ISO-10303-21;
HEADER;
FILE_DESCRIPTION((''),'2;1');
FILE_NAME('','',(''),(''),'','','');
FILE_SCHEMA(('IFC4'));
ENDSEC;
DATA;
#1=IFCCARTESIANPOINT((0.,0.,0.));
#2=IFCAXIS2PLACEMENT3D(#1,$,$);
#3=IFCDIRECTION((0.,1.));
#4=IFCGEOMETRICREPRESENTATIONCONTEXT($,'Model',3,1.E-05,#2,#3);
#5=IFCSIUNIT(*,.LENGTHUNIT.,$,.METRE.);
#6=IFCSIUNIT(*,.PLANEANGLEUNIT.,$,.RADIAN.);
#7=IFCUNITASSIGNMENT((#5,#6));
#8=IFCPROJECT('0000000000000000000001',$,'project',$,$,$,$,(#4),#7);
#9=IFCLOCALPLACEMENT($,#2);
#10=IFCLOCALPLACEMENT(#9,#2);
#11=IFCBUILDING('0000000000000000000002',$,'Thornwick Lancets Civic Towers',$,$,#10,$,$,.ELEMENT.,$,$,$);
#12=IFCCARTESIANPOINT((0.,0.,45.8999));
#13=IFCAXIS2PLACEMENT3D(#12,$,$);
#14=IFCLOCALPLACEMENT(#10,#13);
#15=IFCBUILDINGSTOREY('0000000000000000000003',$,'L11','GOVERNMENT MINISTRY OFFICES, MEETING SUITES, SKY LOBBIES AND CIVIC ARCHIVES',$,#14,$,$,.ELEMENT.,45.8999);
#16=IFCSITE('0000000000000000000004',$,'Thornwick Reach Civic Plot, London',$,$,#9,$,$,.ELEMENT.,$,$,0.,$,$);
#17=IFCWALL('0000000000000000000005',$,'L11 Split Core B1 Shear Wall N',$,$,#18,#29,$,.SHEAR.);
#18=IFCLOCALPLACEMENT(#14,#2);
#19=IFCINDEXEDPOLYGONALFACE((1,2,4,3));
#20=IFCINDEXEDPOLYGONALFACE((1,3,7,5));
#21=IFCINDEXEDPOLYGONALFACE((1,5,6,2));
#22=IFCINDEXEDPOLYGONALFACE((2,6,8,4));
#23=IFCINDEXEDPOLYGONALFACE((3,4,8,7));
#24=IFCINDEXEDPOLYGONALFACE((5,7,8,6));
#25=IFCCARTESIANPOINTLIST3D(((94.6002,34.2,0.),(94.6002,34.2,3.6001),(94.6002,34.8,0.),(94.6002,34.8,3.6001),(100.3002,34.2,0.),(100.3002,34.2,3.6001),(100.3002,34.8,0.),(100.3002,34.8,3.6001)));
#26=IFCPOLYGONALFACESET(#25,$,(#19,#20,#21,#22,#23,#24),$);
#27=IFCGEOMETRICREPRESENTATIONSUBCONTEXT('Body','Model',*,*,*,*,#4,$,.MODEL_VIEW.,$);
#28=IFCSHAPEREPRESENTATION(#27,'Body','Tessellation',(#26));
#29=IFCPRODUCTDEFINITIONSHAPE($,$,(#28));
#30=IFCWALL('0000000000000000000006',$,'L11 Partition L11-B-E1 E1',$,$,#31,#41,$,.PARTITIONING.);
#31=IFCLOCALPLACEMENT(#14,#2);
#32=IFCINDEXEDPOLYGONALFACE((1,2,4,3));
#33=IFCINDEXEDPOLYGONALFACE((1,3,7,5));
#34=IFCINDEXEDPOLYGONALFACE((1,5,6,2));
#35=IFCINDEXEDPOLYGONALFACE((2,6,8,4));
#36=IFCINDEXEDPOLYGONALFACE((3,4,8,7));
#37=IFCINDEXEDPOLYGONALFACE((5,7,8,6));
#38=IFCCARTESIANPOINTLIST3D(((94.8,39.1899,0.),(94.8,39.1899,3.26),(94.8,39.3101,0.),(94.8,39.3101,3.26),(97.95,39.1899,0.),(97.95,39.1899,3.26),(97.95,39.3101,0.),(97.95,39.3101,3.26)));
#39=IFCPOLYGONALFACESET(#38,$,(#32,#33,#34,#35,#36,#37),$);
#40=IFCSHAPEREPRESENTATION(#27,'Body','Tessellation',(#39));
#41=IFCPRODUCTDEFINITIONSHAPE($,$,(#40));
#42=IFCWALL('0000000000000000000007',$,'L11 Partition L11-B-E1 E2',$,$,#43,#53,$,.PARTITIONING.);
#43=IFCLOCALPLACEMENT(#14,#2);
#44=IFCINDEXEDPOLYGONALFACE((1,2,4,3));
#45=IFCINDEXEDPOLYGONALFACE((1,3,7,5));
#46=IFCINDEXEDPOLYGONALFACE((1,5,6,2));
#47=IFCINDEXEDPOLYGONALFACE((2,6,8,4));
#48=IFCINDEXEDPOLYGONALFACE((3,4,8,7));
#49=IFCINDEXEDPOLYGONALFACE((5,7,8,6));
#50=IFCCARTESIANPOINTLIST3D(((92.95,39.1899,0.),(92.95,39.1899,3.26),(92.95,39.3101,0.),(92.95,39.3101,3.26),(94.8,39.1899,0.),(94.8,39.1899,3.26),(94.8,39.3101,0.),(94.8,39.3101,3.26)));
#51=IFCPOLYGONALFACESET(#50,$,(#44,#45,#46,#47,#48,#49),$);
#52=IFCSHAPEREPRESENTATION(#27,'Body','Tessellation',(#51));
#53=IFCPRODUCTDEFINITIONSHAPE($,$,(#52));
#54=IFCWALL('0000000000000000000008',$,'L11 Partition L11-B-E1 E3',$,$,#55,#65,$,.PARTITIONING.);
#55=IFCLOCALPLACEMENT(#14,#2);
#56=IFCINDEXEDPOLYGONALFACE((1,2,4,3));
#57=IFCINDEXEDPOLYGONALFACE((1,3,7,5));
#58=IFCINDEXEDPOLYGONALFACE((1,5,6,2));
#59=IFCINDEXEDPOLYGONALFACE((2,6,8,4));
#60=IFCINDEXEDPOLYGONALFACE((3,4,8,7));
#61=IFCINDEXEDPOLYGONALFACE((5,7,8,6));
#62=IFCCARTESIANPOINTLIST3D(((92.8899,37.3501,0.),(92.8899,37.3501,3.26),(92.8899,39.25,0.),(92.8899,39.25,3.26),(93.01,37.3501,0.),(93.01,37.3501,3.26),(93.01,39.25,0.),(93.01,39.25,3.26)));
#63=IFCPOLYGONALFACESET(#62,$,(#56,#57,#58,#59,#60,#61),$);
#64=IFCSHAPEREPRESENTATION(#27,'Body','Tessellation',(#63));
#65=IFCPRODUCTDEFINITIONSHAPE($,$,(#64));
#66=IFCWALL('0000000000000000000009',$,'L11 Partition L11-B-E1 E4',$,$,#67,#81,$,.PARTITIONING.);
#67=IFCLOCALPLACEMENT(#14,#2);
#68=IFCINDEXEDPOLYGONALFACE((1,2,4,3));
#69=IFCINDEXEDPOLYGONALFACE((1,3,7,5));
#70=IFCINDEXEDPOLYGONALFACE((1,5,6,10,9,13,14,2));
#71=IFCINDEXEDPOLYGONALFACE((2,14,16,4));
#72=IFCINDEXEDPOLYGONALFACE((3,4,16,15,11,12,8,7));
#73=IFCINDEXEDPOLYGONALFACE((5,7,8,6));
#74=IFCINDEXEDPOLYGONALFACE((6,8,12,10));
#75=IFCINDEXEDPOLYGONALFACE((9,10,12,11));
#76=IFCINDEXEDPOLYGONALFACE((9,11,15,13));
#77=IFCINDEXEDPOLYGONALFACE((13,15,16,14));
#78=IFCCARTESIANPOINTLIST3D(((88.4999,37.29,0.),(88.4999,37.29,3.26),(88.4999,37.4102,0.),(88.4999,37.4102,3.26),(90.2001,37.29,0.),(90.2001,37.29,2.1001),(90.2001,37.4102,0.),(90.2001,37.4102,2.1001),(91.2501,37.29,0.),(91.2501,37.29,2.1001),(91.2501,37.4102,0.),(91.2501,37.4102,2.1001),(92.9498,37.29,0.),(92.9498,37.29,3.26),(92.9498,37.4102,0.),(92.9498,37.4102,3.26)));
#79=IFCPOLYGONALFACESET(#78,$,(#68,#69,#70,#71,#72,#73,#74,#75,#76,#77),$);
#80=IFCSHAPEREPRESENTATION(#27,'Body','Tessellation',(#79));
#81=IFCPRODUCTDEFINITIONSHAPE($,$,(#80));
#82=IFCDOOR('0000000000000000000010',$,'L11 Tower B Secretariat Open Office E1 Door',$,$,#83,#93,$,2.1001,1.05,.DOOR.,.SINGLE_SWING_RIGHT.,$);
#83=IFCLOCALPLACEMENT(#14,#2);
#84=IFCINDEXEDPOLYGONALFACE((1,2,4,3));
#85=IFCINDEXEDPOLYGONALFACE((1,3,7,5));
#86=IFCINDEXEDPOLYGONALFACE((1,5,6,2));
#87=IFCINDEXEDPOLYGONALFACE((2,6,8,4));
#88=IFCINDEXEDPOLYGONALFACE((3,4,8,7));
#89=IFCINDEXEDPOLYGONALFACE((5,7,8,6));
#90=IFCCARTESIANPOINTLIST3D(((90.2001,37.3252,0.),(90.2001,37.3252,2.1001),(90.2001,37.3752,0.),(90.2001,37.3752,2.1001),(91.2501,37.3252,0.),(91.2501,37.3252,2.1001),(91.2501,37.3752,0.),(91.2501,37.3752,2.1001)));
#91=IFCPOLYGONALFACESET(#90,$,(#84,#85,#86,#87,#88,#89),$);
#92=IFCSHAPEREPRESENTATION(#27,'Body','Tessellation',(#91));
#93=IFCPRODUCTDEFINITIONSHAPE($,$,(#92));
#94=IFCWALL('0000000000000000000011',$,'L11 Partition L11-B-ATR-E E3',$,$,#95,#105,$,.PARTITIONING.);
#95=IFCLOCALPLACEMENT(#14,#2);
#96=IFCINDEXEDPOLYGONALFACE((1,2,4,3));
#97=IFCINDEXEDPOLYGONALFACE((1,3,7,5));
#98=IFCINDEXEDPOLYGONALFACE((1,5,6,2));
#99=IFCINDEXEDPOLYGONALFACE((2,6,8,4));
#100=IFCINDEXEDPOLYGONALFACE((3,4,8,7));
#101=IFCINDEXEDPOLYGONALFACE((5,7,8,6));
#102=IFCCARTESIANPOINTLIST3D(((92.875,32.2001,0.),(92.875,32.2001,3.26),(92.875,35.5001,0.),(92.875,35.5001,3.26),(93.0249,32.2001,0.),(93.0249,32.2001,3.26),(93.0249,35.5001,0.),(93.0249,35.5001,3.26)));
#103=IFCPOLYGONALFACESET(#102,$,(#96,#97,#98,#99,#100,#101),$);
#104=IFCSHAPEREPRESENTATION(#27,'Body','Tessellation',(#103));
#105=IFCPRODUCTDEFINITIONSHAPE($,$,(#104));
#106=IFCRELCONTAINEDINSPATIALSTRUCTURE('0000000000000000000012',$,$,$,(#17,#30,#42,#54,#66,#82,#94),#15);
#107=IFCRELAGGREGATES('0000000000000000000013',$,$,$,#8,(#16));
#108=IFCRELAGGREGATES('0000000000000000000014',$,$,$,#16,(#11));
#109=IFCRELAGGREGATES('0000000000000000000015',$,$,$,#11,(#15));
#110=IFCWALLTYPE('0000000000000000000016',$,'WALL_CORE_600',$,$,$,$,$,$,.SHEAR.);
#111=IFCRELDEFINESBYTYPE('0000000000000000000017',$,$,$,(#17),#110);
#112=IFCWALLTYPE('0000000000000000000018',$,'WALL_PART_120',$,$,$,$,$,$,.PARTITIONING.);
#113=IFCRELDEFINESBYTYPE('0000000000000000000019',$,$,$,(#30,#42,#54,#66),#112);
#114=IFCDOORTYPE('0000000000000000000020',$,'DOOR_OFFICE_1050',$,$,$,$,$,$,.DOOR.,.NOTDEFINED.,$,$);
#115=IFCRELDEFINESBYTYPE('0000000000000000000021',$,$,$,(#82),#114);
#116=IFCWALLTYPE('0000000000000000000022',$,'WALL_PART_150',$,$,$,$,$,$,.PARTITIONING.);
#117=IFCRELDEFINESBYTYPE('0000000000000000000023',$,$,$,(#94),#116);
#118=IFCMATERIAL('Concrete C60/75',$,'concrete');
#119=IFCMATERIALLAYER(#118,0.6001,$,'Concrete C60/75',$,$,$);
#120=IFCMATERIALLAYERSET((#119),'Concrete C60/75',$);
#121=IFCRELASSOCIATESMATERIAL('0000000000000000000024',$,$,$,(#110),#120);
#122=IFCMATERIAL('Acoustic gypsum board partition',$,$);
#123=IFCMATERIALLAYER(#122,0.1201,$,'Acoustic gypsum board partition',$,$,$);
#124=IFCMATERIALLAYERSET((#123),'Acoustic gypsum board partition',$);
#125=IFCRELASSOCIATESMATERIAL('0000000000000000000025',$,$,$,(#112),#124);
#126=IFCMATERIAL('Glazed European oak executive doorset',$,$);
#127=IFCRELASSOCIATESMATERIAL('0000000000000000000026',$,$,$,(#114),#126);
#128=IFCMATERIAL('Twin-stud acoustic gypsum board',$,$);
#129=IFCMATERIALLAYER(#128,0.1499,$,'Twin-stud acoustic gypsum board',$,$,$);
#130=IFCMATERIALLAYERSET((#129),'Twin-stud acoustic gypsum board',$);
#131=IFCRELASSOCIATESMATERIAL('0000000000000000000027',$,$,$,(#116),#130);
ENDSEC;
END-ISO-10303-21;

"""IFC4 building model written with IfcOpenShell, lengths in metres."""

from ifc_helpers import new_model, si_unit, direction, frame, frame_2d, origin, place, context, subcontext, project, spatial, rectangle, extrude, material, layer, layer_set, type_object, element, fill, save


model = new_model("IFC4")

# Units and contexts
model_context = context("Model", 3, precision=1e-05, world=origin(), true_north=direction((0.0, 1.0)))
body_context = subcontext(model_context, "Body", "Model", "MODEL_VIEW")
ifc_project = project(units=[si_unit("LENGTHUNIT", "METRE"), si_unit("PLANEANGLEUNIT", "RADIAN")], contexts=[model_context])

# Site, building, storey
site_placement = place(None, origin())
site = spatial("IfcSite", under=ifc_project, at=site_placement, Name="Thornwick Reach Civic Plot, London", CompositionType="ELEMENT", RefElevation=0.0)
building_placement = place(site_placement, origin())
building = spatial("IfcBuilding", under=site, at=building_placement, Name="Thornwick Lancets Civic Towers", CompositionType="ELEMENT")
storey_placement = place(building_placement, frame((0.0, 0.0, 45.8999)))
storey = spatial("IfcBuildingStorey", under=building, at=storey_placement, Name="L11", Description="GOVERNMENT MINISTRY OFFICES, MEETING SUITES, SKY LOBBIES AND CIVIC ARCHIVES", CompositionType="ELEMENT", Elevation=45.8999)

# Shared definitions
ifc_material_1 = material(Name="Concrete C60/75", Category="concrete")

# Walls
ifc_layer_1 = layer(ifc_material_1, 0.6001, Name="Concrete C60/75")
ifc_layer_set_1 = layer_set([ifc_layer_1], Name="Concrete C60/75")
wall_type_1 = type_object("IfcWallType", Name="WALL_CORE_600", PredefinedType="SHEAR", material=ifc_layer_set_1)
wall_1_placement = place(storey_placement, frame((94.6001, 34.5, 0.0), z_axis=(0.0, 0.0, 1.0), x_axis=(1.0, 0.0, 0.0)))
element("IfcWall", 1, at=wall_1_placement, inside=storey, type_object=wall_type_1, Name="L11 Split Core B1 Shear Wall N", PredefinedType="SHEAR", context=body_context, shape_type="SweptSolid", body=[
    extrude(rectangle(XDim=5.7, YDim=0.6001, at=frame_2d((2.8501, 0.0))), origin(), (0.0, 0.0, 1.0), 3.6001),
])
ifc_material_2 = material(Name="Acoustic gypsum board partition")
ifc_layer_2 = layer(ifc_material_2, 0.1201, Name="Acoustic gypsum board partition")
ifc_layer_set_2 = layer_set([ifc_layer_2], Name="Acoustic gypsum board partition")
wall_type_2 = type_object("IfcWallType", Name="WALL_PART_120", PredefinedType="PARTITIONING", material=ifc_layer_set_2)
wall_2_placement = place(storey_placement, frame((97.95, 39.25, 0.0), z_axis=(0.0, 0.0, 1.0), x_axis=(-1.0, 0.0, 0.0)))
element("IfcWall", 2, at=wall_2_placement, inside=storey, type_object=wall_type_2, Name="L11 Partition L11-B-E1 E1", PredefinedType="PARTITIONING", context=body_context, shape_type="SweptSolid", body=[
    extrude(rectangle(XDim=3.1499, YDim=0.1201, at=frame_2d((1.575, 0.0))), origin(), (0.0, 0.0, 1.0), 3.26),
])
wall_3_placement = place(storey_placement, frame((94.8, 39.25, 0.0), z_axis=(0.0, 0.0, 1.0), x_axis=(-1.0, 0.0, 0.0)))
element("IfcWall", 3, at=wall_3_placement, inside=storey, type_object=wall_type_2, Name="L11 Partition L11-B-E1 E2", PredefinedType="PARTITIONING", context=body_context, shape_type="SweptSolid", body=[
    extrude(rectangle(XDim=1.8501, YDim=0.1201, at=frame_2d((0.925, 0.0))), origin(), (0.0, 0.0, 1.0), 3.26),
])
wall_4_placement = place(storey_placement, frame((92.95, 39.25, 0.0), z_axis=(0.0, 0.0, 1.0), x_axis=(0.0, -1.0, 0.0)))
element("IfcWall", 4, at=wall_4_placement, inside=storey, type_object=wall_type_2, Name="L11 Partition L11-B-E1 E3", PredefinedType="PARTITIONING", context=body_context, shape_type="SweptSolid", body=[
    extrude(rectangle(XDim=1.8999, YDim=0.1201, at=frame_2d((0.95, 0.0))), origin(), (0.0, 0.0, 1.0), 3.26),
])

# Wall, opening, door
wall_5_placement = place(storey_placement, frame((92.95, 37.3501, 0.0), z_axis=(0.0, 0.0, 1.0), x_axis=(-1.0, 0.0, 0.0)))
wall_5 = element("IfcWall", 5, at=wall_5_placement, inside=storey, type_object=wall_type_2, Name="L11 Partition L11-B-E1 E4", PredefinedType="PARTITIONING", context=body_context, shape_type="SweptSolid", body=[
    extrude(rectangle(XDim=4.45, YDim=0.1201, at=frame_2d((2.2251, 0.0))), origin(), (0.0, 0.0, 1.0), 3.26),
])
opening_1_placement = place(wall_5_placement, frame((1.7, 0.0, 0.0)))
opening_1 = element("IfcOpeningElement", 6, at=opening_1_placement, cuts=wall_5, PredefinedType="OPENING", context=body_context, shape_type="SweptSolid", body=[
    extrude(rectangle(XDim=1.05, YDim=2.1001, at=frame_2d((0.5249, 1.05))), frame((0.0, 0.0701, 0.0), z_axis=(0.0, -1.0, 0.0), x_axis=(1.0, 0.0, 0.0)), (0.0, 0.0, 1.0), 0.1401),
])
ifc_material_3 = material(Name="Glazed European oak executive doorset")
door_type_1 = type_object("IfcDoorType", Name="DOOR_OFFICE_1050", OperationType="NOTDEFINED", PredefinedType="DOOR", material=ifc_material_3)
door_1_placement = place(opening_1_placement, origin())
door_1 = element("IfcDoor", 7, at=door_1_placement, inside=storey, type_object=door_type_1, Name="L11 Tower B Secretariat Open Office E1 Door", OperationType="SINGLE_SWING_RIGHT", OverallHeight=2.1001, OverallWidth=1.05, PredefinedType="DOOR", context=body_context, shape_type="SweptSolid", body=[
    extrude(rectangle(XDim=1.05, YDim=2.1001, at=frame_2d((0.5249, 1.05))), frame((0.0, 0.0249, 0.0), z_axis=(0.0, -1.0, 0.0), x_axis=(1.0, 0.0, 0.0)), (0.0, 0.0, 1.0), 0.05),
])
fill(opening_1, door_1)

# Wall
ifc_material_4 = material(Name="Twin-stud acoustic gypsum board")
ifc_layer_3 = layer(ifc_material_4, 0.1499, Name="Twin-stud acoustic gypsum board")
ifc_layer_set_3 = layer_set([ifc_layer_3], Name="Twin-stud acoustic gypsum board")
wall_type_3 = type_object("IfcWallType", Name="WALL_PART_150", PredefinedType="PARTITIONING", material=ifc_layer_set_3)
wall_6_placement = place(storey_placement, frame((92.95, 35.5, 0.0), z_axis=(0.0, 0.0, 1.0), x_axis=(0.0, -1.0, 0.0)))
element("IfcWall", 8, at=wall_6_placement, inside=storey, type_object=wall_type_3, Name="L11 Partition L11-B-ATR-E E3", PredefinedType="PARTITIONING", context=body_context, shape_type="SweptSolid", body=[
    extrude(rectangle(XDim=3.3, YDim=0.1499, at=frame_2d((1.6499, 0.0))), origin(), (0.0, 0.0, 1.0), 3.26),
])

save(model, "model.ifc")
